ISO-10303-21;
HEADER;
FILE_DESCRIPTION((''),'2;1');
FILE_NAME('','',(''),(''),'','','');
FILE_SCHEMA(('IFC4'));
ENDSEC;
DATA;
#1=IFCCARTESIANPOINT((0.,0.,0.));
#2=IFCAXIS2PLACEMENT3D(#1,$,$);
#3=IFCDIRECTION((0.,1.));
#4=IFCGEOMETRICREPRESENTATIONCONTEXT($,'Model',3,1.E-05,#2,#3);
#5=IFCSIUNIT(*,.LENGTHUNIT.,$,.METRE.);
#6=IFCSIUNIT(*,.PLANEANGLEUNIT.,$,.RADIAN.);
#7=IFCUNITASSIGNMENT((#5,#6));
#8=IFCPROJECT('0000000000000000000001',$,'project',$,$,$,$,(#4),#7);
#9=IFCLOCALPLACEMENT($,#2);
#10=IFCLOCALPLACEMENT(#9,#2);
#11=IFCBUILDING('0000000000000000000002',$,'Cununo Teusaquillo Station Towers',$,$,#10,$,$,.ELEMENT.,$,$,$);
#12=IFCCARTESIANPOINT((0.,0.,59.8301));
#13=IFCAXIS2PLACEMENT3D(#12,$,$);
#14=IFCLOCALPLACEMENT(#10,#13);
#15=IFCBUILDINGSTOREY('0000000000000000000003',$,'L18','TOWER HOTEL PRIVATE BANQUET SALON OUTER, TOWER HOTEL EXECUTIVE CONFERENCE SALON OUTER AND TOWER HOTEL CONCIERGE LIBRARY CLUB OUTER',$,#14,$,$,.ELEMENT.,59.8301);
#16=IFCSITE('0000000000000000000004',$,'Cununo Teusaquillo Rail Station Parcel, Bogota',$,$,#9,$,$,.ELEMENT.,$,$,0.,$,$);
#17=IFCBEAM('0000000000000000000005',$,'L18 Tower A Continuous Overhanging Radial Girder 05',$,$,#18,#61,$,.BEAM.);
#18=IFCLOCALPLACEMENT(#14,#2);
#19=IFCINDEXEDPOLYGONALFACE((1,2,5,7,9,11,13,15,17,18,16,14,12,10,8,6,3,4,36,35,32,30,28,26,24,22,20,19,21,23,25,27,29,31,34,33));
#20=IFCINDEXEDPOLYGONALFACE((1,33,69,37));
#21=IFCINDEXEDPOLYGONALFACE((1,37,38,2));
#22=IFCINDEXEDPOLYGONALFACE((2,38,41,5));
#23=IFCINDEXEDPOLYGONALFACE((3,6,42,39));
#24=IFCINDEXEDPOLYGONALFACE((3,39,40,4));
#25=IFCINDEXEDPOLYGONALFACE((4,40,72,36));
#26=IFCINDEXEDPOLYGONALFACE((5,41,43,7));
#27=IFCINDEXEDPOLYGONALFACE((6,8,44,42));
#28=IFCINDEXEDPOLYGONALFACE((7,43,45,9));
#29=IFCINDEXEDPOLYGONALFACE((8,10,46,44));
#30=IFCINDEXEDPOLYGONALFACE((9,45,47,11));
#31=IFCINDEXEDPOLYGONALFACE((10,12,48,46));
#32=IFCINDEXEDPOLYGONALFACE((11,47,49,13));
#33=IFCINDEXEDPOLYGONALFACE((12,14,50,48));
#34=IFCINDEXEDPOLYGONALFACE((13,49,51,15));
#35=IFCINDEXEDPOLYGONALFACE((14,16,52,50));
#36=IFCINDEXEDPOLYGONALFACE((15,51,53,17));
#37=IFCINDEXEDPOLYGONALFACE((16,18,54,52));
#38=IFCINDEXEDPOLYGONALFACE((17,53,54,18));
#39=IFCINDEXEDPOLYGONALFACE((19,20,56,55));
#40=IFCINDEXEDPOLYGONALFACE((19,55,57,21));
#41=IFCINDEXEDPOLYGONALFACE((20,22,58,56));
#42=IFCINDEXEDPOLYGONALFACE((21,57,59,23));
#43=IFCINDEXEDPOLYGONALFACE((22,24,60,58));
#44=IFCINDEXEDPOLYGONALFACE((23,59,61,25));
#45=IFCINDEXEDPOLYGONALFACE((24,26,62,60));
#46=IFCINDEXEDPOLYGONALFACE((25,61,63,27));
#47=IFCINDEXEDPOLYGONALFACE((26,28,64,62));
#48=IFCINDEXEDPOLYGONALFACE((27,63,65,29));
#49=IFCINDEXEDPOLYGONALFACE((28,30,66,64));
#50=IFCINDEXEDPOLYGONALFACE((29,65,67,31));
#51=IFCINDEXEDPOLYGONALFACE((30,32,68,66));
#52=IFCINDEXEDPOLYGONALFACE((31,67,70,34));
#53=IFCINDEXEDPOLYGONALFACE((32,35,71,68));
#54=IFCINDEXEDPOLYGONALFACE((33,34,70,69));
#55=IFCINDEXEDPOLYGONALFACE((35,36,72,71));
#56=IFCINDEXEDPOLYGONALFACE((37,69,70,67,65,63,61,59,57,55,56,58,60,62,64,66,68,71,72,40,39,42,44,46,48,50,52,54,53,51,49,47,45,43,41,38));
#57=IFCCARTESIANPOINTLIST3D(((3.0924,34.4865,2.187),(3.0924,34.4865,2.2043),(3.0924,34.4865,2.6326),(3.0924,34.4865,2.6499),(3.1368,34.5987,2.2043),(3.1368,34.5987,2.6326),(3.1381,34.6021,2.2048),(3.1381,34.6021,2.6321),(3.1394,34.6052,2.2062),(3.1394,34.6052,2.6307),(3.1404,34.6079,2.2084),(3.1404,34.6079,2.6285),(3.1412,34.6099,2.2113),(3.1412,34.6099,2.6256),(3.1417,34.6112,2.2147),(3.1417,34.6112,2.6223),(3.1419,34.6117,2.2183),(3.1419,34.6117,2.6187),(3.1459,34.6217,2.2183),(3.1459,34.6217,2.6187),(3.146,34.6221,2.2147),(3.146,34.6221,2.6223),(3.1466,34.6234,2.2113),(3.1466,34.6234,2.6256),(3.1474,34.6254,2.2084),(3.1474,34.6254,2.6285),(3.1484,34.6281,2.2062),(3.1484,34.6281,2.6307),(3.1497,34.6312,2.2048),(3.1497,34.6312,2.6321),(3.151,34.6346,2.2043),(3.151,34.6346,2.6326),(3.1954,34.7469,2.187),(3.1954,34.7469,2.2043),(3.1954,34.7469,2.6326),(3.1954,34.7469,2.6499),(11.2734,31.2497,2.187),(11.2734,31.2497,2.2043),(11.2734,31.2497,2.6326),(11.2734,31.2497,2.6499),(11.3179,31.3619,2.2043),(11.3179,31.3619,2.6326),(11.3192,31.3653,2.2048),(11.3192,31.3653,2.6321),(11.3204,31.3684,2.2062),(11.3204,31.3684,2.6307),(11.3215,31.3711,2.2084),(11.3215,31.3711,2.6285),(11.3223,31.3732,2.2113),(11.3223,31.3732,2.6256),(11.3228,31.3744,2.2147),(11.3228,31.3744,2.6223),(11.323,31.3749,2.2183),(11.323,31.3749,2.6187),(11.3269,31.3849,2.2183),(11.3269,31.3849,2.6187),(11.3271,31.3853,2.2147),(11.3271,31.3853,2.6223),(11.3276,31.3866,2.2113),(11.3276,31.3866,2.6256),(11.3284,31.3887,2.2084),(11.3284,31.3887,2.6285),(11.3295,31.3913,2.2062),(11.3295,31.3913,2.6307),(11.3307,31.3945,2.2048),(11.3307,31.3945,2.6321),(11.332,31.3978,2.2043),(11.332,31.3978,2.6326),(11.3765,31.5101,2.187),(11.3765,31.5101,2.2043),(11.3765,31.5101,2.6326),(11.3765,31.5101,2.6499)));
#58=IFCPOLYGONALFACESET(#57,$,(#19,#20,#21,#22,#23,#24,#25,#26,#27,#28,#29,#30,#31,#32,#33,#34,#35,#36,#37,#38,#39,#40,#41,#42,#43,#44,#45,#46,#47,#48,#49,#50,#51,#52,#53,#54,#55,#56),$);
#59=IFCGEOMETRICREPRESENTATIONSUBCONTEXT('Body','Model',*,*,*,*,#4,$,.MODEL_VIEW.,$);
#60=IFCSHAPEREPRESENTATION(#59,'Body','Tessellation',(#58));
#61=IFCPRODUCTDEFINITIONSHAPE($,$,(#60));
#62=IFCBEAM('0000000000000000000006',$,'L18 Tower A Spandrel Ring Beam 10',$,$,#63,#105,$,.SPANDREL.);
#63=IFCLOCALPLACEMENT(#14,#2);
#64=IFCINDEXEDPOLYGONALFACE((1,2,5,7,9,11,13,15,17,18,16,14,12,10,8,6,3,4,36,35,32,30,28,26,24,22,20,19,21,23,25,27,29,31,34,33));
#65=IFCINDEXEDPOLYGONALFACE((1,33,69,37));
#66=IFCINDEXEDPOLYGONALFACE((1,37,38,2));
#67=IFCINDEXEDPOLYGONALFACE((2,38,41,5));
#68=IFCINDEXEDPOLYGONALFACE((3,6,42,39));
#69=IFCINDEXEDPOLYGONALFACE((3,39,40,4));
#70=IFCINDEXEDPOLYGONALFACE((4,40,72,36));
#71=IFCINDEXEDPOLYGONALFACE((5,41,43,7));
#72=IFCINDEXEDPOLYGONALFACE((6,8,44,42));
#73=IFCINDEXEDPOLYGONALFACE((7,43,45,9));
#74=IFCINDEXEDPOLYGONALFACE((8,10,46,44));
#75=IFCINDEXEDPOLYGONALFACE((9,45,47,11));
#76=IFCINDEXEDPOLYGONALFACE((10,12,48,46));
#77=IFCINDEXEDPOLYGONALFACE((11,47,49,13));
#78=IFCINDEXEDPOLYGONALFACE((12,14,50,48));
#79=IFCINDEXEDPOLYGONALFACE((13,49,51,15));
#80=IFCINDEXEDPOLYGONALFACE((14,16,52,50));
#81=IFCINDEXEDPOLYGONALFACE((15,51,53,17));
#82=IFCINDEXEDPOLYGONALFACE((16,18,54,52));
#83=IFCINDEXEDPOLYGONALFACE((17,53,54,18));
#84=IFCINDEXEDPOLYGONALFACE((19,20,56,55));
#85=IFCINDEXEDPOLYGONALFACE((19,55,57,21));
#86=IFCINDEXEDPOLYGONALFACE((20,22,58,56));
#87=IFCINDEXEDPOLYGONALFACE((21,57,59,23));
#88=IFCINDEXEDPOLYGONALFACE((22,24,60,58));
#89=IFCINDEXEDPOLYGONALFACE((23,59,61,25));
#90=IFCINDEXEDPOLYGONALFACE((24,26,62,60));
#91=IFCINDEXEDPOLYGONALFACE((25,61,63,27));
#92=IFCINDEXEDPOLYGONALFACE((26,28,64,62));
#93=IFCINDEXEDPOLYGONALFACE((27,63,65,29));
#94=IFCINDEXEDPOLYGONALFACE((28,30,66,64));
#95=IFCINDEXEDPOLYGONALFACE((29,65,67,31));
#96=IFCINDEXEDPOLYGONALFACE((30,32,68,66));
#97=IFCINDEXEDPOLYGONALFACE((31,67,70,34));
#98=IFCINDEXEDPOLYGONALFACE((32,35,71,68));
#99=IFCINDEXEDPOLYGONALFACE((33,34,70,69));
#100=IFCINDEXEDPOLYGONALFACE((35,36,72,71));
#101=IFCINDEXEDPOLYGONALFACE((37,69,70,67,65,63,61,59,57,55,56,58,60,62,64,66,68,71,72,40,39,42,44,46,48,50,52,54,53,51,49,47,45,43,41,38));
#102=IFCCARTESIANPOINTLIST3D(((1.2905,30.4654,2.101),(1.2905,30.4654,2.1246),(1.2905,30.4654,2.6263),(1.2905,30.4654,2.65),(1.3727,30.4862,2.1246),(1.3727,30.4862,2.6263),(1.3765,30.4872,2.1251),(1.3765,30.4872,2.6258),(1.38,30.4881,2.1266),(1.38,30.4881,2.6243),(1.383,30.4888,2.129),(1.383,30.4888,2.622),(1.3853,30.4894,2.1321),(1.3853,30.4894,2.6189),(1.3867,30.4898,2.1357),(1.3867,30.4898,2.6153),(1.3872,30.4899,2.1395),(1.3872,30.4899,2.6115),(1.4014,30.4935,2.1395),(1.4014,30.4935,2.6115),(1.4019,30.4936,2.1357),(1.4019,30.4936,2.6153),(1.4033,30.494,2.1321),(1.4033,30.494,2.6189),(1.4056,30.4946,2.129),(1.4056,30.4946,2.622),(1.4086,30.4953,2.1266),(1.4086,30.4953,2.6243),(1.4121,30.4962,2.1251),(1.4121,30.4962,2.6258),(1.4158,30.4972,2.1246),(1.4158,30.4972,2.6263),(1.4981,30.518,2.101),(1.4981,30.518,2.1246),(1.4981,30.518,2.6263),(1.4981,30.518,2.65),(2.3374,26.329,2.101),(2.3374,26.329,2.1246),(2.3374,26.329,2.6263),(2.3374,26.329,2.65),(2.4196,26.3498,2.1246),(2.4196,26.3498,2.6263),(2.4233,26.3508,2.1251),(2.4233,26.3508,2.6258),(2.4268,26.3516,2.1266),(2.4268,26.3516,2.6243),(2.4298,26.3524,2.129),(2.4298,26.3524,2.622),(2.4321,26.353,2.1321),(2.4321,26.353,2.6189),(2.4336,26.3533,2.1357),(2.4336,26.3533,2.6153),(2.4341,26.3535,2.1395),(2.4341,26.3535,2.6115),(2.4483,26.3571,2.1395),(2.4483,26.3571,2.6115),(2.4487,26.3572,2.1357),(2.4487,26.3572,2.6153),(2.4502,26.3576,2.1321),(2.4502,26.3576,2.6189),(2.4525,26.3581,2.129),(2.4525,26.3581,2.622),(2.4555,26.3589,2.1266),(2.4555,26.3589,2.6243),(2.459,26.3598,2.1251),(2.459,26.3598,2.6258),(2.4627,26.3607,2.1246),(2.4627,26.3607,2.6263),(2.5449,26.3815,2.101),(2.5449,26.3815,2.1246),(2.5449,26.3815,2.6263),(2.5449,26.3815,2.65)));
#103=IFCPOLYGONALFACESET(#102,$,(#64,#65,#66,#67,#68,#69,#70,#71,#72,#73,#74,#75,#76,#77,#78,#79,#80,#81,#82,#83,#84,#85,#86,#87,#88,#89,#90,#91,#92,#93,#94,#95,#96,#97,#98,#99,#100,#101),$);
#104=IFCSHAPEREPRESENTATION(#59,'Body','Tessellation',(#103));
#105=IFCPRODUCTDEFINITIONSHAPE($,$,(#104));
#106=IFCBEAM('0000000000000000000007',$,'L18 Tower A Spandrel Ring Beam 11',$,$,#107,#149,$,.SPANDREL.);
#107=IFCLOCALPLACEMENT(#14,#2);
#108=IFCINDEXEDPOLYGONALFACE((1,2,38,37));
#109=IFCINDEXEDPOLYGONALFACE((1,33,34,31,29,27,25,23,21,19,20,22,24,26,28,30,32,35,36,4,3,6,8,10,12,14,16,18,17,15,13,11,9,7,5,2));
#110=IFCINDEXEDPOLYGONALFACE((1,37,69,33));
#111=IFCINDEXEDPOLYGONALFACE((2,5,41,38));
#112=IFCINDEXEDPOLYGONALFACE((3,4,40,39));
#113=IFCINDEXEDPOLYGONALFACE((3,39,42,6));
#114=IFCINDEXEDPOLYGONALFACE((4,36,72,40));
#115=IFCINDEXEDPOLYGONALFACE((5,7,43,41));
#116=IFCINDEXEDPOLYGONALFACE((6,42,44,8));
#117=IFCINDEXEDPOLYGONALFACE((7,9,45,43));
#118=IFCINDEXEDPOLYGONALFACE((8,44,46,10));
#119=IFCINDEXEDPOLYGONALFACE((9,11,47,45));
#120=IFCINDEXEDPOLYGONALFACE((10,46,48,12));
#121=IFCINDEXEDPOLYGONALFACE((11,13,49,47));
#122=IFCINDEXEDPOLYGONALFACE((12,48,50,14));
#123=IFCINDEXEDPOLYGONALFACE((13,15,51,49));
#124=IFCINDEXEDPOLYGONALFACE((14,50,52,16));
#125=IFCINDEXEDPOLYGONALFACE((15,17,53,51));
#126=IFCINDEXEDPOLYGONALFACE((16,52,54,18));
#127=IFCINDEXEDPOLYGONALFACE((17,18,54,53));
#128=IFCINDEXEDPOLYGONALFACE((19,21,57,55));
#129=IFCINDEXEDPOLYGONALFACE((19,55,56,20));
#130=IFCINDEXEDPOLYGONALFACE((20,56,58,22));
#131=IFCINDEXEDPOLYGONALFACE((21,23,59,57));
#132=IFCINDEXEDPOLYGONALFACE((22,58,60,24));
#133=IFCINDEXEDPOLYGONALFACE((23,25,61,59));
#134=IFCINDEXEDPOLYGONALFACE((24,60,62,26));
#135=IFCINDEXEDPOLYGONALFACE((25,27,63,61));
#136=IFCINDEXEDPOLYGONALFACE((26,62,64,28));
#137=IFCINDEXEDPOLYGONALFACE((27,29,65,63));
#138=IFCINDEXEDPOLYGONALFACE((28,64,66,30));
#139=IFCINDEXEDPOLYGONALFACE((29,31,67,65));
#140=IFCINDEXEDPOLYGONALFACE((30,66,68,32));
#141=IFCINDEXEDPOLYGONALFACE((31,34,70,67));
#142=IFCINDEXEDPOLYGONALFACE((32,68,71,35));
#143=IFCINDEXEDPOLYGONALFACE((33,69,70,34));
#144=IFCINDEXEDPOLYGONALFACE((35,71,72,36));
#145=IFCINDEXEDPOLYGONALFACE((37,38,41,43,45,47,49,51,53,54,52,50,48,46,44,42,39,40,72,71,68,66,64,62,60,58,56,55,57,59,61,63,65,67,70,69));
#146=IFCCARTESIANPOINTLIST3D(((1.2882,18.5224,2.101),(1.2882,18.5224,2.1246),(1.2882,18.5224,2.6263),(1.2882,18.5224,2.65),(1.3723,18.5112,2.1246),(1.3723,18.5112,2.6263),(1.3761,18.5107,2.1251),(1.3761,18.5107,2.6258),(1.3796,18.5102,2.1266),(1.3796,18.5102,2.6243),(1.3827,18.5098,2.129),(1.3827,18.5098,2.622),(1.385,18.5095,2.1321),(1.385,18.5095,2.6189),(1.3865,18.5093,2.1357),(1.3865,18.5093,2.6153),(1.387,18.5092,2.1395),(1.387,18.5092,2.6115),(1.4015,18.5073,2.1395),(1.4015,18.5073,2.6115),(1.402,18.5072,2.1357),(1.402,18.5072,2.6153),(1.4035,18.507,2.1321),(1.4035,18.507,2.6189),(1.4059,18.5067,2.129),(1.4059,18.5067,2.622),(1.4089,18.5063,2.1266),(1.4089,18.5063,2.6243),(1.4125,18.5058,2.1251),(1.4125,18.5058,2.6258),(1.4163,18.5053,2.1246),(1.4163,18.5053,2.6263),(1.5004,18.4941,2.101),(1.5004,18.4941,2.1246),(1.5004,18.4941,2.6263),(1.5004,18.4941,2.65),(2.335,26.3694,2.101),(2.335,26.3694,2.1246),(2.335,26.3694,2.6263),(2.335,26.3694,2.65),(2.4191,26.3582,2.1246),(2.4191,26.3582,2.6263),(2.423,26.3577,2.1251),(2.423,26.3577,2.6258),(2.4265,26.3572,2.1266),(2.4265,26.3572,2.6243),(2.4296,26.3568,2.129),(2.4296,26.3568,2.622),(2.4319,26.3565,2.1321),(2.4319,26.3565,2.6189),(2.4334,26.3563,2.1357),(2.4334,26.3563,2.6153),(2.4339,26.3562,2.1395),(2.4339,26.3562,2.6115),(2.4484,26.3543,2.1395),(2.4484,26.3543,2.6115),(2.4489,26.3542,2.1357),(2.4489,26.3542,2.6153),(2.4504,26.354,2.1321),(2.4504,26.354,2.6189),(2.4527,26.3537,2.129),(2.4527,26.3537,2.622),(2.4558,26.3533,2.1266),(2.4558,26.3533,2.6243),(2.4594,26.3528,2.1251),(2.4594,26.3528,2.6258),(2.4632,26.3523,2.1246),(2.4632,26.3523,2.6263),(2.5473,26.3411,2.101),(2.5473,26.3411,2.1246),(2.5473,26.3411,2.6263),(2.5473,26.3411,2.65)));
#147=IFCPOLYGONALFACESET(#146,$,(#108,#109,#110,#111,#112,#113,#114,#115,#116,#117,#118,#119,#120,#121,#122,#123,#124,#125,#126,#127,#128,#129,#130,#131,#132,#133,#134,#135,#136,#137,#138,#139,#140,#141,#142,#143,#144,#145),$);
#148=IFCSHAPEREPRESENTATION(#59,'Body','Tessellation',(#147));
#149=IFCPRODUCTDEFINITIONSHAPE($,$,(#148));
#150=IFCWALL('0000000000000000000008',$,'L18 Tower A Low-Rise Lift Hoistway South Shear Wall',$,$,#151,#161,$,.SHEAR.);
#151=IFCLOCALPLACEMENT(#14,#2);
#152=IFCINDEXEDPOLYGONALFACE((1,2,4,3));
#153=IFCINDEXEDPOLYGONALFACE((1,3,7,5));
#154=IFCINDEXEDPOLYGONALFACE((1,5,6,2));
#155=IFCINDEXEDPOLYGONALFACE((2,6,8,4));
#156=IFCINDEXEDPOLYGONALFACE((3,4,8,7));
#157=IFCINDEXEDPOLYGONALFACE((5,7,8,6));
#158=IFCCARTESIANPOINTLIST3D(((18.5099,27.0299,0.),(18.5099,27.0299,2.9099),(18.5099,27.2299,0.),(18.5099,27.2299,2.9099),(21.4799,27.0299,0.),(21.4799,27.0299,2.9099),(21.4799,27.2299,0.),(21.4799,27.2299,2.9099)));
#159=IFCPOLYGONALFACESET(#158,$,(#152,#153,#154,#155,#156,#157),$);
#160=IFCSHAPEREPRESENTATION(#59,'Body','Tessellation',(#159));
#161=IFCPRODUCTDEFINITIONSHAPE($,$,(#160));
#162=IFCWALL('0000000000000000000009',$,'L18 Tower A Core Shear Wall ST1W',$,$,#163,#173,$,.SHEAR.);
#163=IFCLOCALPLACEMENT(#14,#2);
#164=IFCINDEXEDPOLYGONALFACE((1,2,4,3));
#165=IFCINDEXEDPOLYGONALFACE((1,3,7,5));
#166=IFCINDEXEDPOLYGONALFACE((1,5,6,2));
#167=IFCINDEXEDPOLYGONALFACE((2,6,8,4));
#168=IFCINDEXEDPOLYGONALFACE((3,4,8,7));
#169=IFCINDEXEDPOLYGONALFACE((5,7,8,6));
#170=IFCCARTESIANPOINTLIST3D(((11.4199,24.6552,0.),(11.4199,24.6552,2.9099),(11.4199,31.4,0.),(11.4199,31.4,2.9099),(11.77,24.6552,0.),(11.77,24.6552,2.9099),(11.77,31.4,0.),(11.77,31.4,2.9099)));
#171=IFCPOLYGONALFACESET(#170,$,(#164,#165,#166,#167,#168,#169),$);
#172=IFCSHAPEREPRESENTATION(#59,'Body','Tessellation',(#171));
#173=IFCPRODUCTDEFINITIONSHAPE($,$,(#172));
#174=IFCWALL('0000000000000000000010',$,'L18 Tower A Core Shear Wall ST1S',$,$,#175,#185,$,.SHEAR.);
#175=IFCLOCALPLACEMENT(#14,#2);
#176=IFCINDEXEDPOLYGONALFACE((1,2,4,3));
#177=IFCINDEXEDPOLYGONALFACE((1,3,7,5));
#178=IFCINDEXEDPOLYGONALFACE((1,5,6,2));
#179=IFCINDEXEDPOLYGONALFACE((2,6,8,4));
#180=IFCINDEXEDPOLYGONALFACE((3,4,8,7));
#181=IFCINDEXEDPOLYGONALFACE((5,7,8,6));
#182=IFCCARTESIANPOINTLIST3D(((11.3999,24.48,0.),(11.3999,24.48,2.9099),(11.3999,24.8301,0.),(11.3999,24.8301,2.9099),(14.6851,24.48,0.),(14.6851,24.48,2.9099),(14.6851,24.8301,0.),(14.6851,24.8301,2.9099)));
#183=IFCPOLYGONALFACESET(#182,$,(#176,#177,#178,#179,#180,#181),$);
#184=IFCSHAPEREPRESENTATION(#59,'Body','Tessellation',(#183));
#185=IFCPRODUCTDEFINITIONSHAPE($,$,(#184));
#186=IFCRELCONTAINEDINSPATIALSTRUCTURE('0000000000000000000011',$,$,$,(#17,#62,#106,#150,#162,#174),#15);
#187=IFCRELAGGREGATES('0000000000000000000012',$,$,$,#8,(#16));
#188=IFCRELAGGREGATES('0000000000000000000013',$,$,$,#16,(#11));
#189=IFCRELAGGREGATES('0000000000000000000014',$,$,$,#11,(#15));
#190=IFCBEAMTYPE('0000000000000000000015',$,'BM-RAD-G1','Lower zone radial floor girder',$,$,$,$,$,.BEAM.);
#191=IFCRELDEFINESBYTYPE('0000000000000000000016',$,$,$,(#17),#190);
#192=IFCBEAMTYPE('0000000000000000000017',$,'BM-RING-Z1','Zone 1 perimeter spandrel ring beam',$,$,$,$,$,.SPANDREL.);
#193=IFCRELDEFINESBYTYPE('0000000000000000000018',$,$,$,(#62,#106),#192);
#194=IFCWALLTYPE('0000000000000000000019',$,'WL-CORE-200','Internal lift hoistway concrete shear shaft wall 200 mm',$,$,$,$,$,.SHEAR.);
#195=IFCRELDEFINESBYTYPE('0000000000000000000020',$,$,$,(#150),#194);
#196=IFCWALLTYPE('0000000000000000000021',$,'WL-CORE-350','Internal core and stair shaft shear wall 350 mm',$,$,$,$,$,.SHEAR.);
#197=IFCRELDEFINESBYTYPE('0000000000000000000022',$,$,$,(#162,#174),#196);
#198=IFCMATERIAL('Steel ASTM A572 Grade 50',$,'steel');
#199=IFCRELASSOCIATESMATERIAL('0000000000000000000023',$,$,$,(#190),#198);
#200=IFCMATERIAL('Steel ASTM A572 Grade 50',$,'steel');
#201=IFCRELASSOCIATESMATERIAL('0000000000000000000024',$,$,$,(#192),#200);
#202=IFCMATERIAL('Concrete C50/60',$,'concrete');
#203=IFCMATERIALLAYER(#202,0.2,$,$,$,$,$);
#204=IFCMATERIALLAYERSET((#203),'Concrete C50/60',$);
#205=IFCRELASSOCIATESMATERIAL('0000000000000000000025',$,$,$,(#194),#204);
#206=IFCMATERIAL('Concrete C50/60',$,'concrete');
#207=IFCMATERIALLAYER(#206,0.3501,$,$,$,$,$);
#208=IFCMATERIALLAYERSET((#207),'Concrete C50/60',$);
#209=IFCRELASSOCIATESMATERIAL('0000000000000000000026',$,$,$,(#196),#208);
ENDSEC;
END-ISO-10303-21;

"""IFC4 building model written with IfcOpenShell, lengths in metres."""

from ifc_helpers import new_model, si_unit, direction, frame, frame_2d, origin, origin_2d, place, context, subcontext, project, spatial, rectangle, i_section, extrude, material, layer, layer_set, material_profile, profile_set, type_object, element, save


model = new_model("IFC4")

# Units and contexts
model_context = context("Model", 3, precision=1e-05, world=origin(), true_north=direction((0.0, 1.0)))
body_context = subcontext(model_context, "Body", "Model", "MODEL_VIEW")
ifc_project = project(units=[si_unit("LENGTHUNIT", "METRE"), si_unit("PLANEANGLEUNIT", "RADIAN")], contexts=[model_context])

# Site, building, storey
site_placement = place(None, origin())
site = spatial("IfcSite", under=ifc_project, at=site_placement, Name="Cununo Teusaquillo Rail Station Parcel, Bogota", CompositionType="ELEMENT", RefElevation=0.0)
building_placement = place(site_placement, origin())
building = spatial("IfcBuilding", under=site, at=building_placement, Name="Cununo Teusaquillo Station Towers", CompositionType="ELEMENT")
storey_placement = place(building_placement, frame((0.0, 0.0, 59.8301)))
storey = spatial("IfcBuildingStorey", under=building, at=storey_placement, Name="L18", Description="TOWER HOTEL PRIVATE BANQUET SALON OUTER, TOWER HOTEL EXECUTIVE CONFERENCE SALON OUTER AND TOWER HOTEL CONCIERGE LIBRARY CLUB OUTER", CompositionType="ELEMENT", Elevation=59.8301)

# Beams
ifc_material_1 = material(Name="Steel ASTM A572 Grade 50", Category="steel")
ifc_material_profile_1 = material_profile(ifc_material_1, i_section(OverallWidth=0.28, OverallDepth=0.4629, WebThickness=0.0107, FlangeThickness=0.0173, FilletRadius=0.0139, at=origin_2d()), Name="W18X76")
ifc_profile_set_1 = profile_set([ifc_material_profile_1], Name="Steel ASTM A572 Grade 50")
beam_type_1 = type_object("IfcBeamType", Name="BM-RAD-G1", Description="Lower zone radial floor girder", PredefinedType="BEAM", material=ifc_profile_set_1)
beam_1_placement = place(storey_placement, frame((11.325, 31.3799, 2.4185), z_axis=(-0.929867, 0.367896, 0.0), x_axis=(-0.367896, -0.929867, 0.0)))
element("IfcBeam", 1, at=beam_1_placement, inside=storey, type_object=beam_type_1, Name="L18 Tower A Continuous Overhanging Radial Girder 05", PredefinedType="BEAM", context=body_context, shape_type="SweptSolid", body=[
    extrude(i_section(OverallWidth=0.28, OverallDepth=0.4629, WebThickness=0.0107, FlangeThickness=0.0173, FilletRadius=0.0139, at=origin_2d()), origin(), (0.0, 0.0, 1.0), 8.7981),
])
ifc_material_2 = material(Name="Steel ASTM A572 Grade 50", Category="steel")
ifc_material_profile_2 = material_profile(ifc_material_2, i_section(OverallWidth=0.2141, OverallDepth=0.5491, WebThickness=0.0146, FlangeThickness=0.0237, FilletRadius=0.0149, at=origin_2d()), Name="W21X93")
ifc_profile_set_2 = profile_set([ifc_material_profile_2], Name="Steel ASTM A572 Grade 50")
beam_type_2 = type_object("IfcBeamType", Name="BM-RING-Z1", Description="Zone 1 perimeter spandrel ring beam", PredefinedType="SPANDREL", material=ifc_profile_set_2)
beam_2_placement = place(storey_placement, frame((1.3943, 30.4917, 2.3755), z_axis=(0.245348, -0.969435, 0.0), x_axis=(0.969435, 0.245348, 0.0)))
element("IfcBeam", 2, at=beam_2_placement, inside=storey, type_object=beam_type_2, Name="L18 Tower A Spandrel Ring Beam 10", PredefinedType="SPANDREL", context=body_context, shape_type="SweptSolid", body=[
    extrude(i_section(OverallWidth=0.2141, OverallDepth=0.5491, WebThickness=0.0146, FlangeThickness=0.0237, FilletRadius=0.0149, at=origin_2d()), origin(), (0.0, 0.0, 1.0), 4.2668),
])
beam_3_placement = place(storey_placement, frame((2.4412, 26.3552, 2.3755), z_axis=(-0.13224, -0.991218, 0.0), x_axis=(0.991218, -0.13224, 0.0)))
element("IfcBeam", 3, at=beam_3_placement, inside=storey, type_object=beam_type_2, Name="L18 Tower A Spandrel Ring Beam 11", PredefinedType="SPANDREL", context=body_context, shape_type="SweptSolid", body=[
    extrude(i_section(OverallWidth=0.2141, OverallDepth=0.5491, WebThickness=0.0146, FlangeThickness=0.0237, FilletRadius=0.0149, at=origin_2d()), origin(), (0.0, 0.0, 1.0), 7.9165),
])

# Walls
ifc_material_3 = material(Name="Concrete C50/60", Category="concrete")
ifc_layer_1 = layer(ifc_material_3, 0.2)
ifc_layer_set_1 = layer_set([ifc_layer_1], Name="Concrete C50/60")
wall_type_1 = type_object("IfcWallType", Name="WL-CORE-200", Description="Internal lift hoistway concrete shear shaft wall 200 mm", PredefinedType="SHEAR", material=ifc_layer_set_1)
wall_1_placement = place(storey_placement, frame((18.51, 27.1299, 0.0), z_axis=(0.0, 0.0, 1.0), x_axis=(1.0, 0.0, 0.0)))
element("IfcWall", 4, at=wall_1_placement, inside=storey, type_object=wall_type_1, Name="L18 Tower A Low-Rise Lift Hoistway South Shear Wall", PredefinedType="SHEAR", context=body_context, shape_type="SweptSolid", body=[
    extrude(rectangle(XDim=2.97, YDim=0.2, at=frame_2d((1.4849, 0.0))), origin(), (0.0, 0.0, 1.0), 2.9099),
])
ifc_material_4 = material(Name="Concrete C50/60", Category="concrete")
ifc_layer_2 = layer(ifc_material_4, 0.3501)
ifc_layer_set_2 = layer_set([ifc_layer_2], Name="Concrete C50/60")
wall_type_2 = type_object("IfcWallType", Name="WL-CORE-350", Description="Internal core and stair shaft shear wall 350 mm", PredefinedType="SHEAR", material=ifc_layer_set_2)
wall_2_placement = place(storey_placement, frame((11.595, 24.655, 0.0), z_axis=(0.0, 0.0, 1.0), x_axis=(0.0, 1.0, 0.0)))
element("IfcWall", 5, at=wall_2_placement, inside=storey, type_object=wall_type_2, Name="L18 Tower A Core Shear Wall ST1W", PredefinedType="SHEAR", context=body_context, shape_type="SweptSolid", body=[
    extrude(rectangle(XDim=6.7449, YDim=0.3501, at=frame_2d((3.3726, 0.0))), origin(), (0.0, 0.0, 1.0), 2.9099),
])
wall_3_placement = place(storey_placement, frame((11.3999, 24.655, 0.0), z_axis=(0.0, 0.0, 1.0), x_axis=(1.0, 0.0, 0.0)))
element("IfcWall", 6, at=wall_3_placement, inside=storey, type_object=wall_type_2, Name="L18 Tower A Core Shear Wall ST1S", PredefinedType="SHEAR", context=body_context, shape_type="SweptSolid", body=[
    extrude(rectangle(XDim=3.2852, YDim=0.3501, at=frame_2d((1.6426, 0.0))), origin(), (0.0, 0.0, 1.0), 2.9099),
])

save(model, "model.ifc")
